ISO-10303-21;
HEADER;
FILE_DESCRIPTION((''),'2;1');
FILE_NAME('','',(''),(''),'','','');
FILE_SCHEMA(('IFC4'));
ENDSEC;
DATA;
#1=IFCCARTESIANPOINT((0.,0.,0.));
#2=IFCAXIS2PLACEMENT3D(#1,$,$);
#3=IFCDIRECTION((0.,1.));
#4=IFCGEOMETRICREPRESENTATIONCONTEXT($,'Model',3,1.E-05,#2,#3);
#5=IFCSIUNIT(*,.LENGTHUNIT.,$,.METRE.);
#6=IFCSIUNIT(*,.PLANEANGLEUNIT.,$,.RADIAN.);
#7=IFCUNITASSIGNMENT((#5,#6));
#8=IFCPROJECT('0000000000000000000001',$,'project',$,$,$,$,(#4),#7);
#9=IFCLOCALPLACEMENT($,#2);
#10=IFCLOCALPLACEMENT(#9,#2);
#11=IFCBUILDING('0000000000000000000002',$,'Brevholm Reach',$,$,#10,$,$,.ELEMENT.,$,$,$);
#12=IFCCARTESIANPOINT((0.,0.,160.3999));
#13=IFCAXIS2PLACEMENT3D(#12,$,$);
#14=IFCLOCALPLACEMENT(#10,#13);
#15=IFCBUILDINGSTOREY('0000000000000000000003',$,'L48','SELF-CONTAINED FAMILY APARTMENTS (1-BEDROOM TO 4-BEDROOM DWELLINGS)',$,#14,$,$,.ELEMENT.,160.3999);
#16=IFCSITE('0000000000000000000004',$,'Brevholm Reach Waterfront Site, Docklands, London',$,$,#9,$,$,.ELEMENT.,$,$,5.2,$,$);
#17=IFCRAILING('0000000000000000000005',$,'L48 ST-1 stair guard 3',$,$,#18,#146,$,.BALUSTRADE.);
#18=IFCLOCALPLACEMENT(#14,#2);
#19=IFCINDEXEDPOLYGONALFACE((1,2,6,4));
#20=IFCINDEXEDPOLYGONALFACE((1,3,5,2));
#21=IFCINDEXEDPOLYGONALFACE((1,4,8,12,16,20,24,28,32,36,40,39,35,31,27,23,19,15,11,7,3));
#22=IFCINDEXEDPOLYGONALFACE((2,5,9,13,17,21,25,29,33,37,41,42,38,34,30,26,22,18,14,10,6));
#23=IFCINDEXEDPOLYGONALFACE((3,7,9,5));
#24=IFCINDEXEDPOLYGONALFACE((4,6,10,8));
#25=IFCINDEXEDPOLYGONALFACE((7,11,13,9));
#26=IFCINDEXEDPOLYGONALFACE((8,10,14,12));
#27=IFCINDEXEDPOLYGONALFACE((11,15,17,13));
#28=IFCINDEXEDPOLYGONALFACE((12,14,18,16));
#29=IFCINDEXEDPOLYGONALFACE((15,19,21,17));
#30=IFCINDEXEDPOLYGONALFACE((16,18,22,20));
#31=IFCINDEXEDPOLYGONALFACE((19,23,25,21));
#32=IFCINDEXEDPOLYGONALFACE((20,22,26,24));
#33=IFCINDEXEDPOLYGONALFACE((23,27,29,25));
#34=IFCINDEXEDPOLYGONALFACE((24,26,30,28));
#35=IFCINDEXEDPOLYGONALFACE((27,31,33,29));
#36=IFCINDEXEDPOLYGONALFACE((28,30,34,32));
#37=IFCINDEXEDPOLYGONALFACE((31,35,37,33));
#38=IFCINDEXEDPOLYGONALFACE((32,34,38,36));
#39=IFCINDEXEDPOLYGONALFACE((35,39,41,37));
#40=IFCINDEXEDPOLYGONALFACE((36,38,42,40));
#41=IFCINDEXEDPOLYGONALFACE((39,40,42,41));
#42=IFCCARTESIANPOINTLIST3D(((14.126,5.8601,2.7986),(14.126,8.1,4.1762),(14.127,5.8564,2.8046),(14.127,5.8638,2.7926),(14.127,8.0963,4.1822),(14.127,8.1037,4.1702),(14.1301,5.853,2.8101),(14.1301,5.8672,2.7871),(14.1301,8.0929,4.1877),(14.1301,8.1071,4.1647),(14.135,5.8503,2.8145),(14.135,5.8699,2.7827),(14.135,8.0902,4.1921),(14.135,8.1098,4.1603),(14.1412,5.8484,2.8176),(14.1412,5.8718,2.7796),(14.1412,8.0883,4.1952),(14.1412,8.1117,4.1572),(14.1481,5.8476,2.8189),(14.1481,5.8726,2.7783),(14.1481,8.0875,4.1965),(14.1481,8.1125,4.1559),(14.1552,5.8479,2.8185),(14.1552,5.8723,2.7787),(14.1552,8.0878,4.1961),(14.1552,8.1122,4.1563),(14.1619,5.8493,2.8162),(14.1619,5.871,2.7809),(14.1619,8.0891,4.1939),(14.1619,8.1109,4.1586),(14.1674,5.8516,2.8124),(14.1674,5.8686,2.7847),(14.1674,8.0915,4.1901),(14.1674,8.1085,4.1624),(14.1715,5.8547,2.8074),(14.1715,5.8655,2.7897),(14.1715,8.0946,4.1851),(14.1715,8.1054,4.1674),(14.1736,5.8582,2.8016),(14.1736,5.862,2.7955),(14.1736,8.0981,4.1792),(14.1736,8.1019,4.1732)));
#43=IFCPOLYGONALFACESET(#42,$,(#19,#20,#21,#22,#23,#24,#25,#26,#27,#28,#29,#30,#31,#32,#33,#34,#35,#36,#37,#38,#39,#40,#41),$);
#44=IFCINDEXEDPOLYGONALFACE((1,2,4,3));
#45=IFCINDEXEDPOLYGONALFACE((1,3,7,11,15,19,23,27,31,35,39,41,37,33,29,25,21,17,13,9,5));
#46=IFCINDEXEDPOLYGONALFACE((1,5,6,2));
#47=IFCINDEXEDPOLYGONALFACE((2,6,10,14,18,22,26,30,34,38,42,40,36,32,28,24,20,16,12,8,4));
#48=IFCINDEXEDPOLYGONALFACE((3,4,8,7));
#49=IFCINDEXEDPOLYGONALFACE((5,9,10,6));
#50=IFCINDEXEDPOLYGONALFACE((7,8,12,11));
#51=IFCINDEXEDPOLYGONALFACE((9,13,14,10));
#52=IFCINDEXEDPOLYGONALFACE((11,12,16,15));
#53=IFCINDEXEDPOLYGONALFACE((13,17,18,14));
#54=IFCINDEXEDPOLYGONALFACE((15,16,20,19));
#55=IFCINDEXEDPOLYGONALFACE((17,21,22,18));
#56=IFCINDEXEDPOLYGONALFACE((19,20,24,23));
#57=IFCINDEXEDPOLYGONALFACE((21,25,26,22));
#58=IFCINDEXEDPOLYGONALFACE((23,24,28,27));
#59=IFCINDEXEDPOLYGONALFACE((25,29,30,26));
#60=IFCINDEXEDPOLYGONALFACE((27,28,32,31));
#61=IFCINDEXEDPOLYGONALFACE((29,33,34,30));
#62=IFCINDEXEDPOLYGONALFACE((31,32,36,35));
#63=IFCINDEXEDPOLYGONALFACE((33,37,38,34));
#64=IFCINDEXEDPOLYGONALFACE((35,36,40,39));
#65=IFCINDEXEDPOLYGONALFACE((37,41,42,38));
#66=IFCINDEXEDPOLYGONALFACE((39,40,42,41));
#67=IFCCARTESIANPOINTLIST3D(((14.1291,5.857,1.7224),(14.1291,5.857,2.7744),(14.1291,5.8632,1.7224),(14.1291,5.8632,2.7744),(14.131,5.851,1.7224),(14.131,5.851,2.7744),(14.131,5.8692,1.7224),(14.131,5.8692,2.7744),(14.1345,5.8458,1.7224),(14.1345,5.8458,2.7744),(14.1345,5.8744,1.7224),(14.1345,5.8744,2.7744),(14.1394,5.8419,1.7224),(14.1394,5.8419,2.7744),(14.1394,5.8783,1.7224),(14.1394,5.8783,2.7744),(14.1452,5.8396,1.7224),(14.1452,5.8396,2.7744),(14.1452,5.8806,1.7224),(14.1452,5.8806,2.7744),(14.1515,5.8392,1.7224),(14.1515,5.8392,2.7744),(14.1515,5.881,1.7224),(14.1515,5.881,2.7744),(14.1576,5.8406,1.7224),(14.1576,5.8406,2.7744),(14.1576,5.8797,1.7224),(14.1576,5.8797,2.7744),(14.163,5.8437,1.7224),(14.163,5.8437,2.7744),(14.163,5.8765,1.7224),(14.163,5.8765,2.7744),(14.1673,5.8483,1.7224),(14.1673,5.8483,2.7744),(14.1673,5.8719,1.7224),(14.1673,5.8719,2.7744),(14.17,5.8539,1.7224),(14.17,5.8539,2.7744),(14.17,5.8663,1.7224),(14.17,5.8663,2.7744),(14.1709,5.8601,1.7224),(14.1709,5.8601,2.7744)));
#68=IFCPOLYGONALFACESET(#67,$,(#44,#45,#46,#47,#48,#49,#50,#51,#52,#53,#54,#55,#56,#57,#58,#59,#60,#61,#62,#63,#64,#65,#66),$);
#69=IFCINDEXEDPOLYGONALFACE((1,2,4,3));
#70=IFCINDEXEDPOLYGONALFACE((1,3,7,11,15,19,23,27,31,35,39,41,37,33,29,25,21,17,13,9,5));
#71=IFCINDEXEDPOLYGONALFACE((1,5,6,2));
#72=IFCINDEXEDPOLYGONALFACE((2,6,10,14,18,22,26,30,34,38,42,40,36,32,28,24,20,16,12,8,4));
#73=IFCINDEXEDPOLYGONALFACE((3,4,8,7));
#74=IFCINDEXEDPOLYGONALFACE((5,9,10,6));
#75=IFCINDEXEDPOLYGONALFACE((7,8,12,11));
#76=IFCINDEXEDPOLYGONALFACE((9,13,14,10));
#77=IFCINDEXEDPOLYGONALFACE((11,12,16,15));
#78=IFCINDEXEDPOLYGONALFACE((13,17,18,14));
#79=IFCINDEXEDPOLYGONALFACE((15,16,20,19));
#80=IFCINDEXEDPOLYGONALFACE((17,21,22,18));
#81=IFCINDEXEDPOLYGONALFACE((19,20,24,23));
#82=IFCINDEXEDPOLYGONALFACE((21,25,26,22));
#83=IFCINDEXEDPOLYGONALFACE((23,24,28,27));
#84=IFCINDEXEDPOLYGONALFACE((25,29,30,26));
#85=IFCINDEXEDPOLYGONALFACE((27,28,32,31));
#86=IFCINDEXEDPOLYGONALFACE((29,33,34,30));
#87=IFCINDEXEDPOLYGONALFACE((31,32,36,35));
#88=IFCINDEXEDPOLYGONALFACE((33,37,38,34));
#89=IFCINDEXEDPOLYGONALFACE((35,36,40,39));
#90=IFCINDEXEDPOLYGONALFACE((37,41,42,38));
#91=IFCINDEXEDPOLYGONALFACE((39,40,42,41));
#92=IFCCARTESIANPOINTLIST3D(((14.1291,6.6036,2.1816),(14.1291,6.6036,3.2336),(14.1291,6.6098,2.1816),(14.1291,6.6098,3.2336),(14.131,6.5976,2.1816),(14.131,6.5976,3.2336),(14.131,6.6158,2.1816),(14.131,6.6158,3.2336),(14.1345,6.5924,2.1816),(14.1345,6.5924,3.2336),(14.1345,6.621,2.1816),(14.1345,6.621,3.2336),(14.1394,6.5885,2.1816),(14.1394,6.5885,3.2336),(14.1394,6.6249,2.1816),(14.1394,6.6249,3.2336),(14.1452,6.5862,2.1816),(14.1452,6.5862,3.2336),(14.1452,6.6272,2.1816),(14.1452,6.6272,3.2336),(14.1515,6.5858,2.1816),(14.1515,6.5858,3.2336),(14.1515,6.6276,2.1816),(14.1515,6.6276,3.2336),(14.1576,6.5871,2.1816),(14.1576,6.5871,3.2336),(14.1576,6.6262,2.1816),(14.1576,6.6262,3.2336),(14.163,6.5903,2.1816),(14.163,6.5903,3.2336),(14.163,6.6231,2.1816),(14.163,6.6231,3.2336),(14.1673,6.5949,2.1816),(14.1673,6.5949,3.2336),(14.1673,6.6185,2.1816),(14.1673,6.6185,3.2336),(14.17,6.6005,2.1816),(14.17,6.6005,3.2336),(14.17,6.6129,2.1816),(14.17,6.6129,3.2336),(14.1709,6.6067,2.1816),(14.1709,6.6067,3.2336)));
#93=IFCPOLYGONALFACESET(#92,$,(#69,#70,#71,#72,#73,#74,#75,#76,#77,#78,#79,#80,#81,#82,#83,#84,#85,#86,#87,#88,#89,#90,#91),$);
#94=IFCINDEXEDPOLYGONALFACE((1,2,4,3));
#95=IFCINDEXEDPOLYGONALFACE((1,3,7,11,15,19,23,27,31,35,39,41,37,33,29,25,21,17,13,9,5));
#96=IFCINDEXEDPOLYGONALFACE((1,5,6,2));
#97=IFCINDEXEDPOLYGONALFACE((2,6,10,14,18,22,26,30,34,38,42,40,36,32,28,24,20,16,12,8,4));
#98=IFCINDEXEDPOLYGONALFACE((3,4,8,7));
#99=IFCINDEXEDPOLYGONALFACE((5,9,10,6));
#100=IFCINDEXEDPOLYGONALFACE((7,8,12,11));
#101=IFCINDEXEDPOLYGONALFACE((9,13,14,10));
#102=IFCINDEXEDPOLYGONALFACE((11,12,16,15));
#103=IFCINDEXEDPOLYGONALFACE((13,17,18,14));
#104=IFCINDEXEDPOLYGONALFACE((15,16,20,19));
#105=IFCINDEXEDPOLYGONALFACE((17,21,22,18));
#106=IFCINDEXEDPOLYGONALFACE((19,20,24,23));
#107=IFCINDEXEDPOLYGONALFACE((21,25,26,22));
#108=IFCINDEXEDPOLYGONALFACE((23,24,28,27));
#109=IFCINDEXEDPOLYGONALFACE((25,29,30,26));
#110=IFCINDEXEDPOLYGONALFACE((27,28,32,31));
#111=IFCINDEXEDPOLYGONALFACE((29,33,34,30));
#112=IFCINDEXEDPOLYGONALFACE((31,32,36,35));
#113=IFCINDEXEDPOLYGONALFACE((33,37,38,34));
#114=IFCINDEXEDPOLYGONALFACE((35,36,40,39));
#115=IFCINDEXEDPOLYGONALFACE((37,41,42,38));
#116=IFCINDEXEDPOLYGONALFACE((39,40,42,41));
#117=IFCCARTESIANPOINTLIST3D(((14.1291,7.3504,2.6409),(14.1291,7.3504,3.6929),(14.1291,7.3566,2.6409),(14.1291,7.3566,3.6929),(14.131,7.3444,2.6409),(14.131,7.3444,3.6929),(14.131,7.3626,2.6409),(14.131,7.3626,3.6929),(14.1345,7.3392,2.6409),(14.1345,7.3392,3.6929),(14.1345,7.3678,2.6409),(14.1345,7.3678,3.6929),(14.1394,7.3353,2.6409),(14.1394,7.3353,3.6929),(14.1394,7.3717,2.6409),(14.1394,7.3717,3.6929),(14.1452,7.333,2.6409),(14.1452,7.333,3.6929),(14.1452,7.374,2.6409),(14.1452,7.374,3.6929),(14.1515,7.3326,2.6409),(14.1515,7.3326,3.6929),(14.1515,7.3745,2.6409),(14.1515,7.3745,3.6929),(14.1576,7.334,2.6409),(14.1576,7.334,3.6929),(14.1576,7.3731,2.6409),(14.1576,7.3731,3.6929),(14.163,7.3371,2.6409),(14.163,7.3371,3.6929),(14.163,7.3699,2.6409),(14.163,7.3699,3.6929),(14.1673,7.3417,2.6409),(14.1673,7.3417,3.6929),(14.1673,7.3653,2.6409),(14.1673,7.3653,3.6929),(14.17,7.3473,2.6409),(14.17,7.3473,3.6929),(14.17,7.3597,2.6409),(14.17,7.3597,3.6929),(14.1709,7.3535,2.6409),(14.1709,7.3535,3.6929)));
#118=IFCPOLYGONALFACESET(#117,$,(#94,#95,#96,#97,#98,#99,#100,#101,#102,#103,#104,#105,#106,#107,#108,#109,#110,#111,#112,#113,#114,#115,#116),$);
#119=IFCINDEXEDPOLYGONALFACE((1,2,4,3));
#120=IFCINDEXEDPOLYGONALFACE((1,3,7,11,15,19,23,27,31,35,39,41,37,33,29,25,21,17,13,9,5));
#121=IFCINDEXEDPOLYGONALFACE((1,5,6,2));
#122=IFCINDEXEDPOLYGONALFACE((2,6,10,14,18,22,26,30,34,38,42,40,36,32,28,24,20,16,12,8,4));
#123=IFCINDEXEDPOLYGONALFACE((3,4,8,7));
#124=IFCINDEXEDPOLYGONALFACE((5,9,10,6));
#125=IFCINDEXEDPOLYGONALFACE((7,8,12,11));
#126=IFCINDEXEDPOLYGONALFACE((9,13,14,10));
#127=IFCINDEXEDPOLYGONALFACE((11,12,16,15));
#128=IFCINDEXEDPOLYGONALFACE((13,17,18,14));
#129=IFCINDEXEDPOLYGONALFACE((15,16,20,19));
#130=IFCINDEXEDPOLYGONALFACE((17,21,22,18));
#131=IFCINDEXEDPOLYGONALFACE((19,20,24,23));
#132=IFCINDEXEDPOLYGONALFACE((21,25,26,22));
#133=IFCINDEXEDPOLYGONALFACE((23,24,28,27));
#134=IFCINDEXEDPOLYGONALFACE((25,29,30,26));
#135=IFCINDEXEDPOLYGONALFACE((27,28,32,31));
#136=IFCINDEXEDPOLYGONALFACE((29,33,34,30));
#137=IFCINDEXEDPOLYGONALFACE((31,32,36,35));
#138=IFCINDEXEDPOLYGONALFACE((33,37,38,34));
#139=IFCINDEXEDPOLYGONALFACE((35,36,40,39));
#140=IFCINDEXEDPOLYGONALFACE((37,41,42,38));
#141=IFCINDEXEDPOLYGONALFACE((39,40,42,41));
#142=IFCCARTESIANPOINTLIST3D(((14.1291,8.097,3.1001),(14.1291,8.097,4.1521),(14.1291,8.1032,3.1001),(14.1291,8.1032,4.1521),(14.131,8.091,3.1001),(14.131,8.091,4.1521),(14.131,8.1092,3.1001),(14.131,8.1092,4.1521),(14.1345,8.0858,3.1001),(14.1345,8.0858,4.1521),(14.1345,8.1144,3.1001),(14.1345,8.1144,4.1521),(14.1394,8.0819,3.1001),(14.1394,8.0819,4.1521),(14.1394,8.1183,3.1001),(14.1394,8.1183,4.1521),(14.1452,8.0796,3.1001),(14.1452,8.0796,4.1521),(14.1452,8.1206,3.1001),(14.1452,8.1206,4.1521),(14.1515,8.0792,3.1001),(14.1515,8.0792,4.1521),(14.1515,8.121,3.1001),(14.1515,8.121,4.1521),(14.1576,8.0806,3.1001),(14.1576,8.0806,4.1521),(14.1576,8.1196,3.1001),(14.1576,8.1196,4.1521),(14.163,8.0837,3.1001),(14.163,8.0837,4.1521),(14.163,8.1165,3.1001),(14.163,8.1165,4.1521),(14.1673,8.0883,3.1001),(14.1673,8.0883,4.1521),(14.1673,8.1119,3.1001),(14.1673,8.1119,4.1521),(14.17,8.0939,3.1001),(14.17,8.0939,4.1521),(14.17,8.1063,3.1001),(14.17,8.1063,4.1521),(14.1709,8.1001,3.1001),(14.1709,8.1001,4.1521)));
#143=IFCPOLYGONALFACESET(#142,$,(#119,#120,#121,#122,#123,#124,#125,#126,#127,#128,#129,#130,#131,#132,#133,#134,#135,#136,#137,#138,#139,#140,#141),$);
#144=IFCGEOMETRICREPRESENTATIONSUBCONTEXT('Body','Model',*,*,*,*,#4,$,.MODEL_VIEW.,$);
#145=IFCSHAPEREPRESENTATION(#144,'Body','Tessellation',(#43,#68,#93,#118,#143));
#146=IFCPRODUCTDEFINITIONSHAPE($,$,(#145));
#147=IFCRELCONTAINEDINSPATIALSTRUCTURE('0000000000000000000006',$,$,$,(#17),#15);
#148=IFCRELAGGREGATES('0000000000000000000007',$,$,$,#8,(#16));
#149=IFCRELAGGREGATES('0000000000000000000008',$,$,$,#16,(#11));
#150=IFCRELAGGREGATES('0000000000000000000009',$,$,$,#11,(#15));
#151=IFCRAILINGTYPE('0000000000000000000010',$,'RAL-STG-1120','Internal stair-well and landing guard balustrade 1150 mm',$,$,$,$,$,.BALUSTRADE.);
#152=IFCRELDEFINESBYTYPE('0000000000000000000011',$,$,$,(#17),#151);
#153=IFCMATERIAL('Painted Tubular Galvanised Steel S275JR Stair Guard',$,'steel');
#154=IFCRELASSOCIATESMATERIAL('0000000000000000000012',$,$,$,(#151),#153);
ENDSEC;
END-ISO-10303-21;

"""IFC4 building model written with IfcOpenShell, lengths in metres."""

from ifc_helpers import new_model, si_unit, direction, frame, origin, origin_2d, place, context, subcontext, project, spatial, circle, extrude, material, type_object, element, save


model = new_model("IFC4")

# Units and contexts
model_context = context("Model", 3, precision=1e-05, world=origin(), true_north=direction((0.0, 1.0)))
body_context = subcontext(model_context, "Body", "Model", "MODEL_VIEW")
ifc_project = project(units=[si_unit("LENGTHUNIT", "METRE"), si_unit("PLANEANGLEUNIT", "RADIAN")], contexts=[model_context])

# Site, building, storey
site_placement = place(None, origin())
site = spatial("IfcSite", under=ifc_project, at=site_placement, Name="Brevholm Reach Waterfront Site, Docklands, London", CompositionType="ELEMENT", RefElevation=5.2)
building_placement = place(site_placement, origin())
building = spatial("IfcBuilding", under=site, at=building_placement, Name="Brevholm Reach", CompositionType="ELEMENT")
storey_placement = place(building_placement, frame((0.0, 0.0, 160.3999)))
storey = spatial("IfcBuildingStorey", under=building, at=storey_placement, Name="L48", Description="SELF-CONTAINED FAMILY APARTMENTS (1-BEDROOM TO 4-BEDROOM DWELLINGS)", CompositionType="ELEMENT", Elevation=160.3999)

# Railing
ifc_material_1 = material(Name="Painted Tubular Galvanised Steel S275JR Stair Guard", Category="steel")
railing_type_1 = type_object("IfcRailingType", Name="RAL-STG-1120", Description="Internal stair-well and landing guard balustrade 1150 mm", PredefinedType="BALUSTRADE", material=ifc_material_1)
railing_1_placement = place(storey_placement, frame((14.1499, 5.8601, 1.7224)))
element("IfcRailing", 1, at=railing_1_placement, inside=storey, type_object=railing_type_1, Name="L48 ST-1 stair guard 3", PredefinedType="BALUSTRADE", context=body_context, shape_type="SweptSolid", body=[
    extrude(circle(Radius=0.0239, at=origin_2d()), frame((0.0, 0.0, 1.0762), z_axis=(0.0, 0.851789, 0.523885), x_axis=(-1.0, 0.0, 0.0)), (0.0, 0.0, 1.0), 2.6296),
    extrude(circle(Radius=0.021, at=origin_2d()), origin(), (0.0, 0.0, 1.0), 1.052),
    extrude(circle(Radius=0.021, at=origin_2d()), frame((0.0, 0.7466, 0.4592)), (0.0, 0.0, 1.0), 1.052),
    extrude(circle(Radius=0.021, at=origin_2d()), frame((0.0, 1.4934, 0.9185)), (0.0, 0.0, 1.0), 1.052),
    extrude(circle(Radius=0.021, at=origin_2d()), frame((0.0, 2.24, 1.3777)), (0.0, 0.0, 1.0), 1.052),
])

save(model, "model.ifc")
